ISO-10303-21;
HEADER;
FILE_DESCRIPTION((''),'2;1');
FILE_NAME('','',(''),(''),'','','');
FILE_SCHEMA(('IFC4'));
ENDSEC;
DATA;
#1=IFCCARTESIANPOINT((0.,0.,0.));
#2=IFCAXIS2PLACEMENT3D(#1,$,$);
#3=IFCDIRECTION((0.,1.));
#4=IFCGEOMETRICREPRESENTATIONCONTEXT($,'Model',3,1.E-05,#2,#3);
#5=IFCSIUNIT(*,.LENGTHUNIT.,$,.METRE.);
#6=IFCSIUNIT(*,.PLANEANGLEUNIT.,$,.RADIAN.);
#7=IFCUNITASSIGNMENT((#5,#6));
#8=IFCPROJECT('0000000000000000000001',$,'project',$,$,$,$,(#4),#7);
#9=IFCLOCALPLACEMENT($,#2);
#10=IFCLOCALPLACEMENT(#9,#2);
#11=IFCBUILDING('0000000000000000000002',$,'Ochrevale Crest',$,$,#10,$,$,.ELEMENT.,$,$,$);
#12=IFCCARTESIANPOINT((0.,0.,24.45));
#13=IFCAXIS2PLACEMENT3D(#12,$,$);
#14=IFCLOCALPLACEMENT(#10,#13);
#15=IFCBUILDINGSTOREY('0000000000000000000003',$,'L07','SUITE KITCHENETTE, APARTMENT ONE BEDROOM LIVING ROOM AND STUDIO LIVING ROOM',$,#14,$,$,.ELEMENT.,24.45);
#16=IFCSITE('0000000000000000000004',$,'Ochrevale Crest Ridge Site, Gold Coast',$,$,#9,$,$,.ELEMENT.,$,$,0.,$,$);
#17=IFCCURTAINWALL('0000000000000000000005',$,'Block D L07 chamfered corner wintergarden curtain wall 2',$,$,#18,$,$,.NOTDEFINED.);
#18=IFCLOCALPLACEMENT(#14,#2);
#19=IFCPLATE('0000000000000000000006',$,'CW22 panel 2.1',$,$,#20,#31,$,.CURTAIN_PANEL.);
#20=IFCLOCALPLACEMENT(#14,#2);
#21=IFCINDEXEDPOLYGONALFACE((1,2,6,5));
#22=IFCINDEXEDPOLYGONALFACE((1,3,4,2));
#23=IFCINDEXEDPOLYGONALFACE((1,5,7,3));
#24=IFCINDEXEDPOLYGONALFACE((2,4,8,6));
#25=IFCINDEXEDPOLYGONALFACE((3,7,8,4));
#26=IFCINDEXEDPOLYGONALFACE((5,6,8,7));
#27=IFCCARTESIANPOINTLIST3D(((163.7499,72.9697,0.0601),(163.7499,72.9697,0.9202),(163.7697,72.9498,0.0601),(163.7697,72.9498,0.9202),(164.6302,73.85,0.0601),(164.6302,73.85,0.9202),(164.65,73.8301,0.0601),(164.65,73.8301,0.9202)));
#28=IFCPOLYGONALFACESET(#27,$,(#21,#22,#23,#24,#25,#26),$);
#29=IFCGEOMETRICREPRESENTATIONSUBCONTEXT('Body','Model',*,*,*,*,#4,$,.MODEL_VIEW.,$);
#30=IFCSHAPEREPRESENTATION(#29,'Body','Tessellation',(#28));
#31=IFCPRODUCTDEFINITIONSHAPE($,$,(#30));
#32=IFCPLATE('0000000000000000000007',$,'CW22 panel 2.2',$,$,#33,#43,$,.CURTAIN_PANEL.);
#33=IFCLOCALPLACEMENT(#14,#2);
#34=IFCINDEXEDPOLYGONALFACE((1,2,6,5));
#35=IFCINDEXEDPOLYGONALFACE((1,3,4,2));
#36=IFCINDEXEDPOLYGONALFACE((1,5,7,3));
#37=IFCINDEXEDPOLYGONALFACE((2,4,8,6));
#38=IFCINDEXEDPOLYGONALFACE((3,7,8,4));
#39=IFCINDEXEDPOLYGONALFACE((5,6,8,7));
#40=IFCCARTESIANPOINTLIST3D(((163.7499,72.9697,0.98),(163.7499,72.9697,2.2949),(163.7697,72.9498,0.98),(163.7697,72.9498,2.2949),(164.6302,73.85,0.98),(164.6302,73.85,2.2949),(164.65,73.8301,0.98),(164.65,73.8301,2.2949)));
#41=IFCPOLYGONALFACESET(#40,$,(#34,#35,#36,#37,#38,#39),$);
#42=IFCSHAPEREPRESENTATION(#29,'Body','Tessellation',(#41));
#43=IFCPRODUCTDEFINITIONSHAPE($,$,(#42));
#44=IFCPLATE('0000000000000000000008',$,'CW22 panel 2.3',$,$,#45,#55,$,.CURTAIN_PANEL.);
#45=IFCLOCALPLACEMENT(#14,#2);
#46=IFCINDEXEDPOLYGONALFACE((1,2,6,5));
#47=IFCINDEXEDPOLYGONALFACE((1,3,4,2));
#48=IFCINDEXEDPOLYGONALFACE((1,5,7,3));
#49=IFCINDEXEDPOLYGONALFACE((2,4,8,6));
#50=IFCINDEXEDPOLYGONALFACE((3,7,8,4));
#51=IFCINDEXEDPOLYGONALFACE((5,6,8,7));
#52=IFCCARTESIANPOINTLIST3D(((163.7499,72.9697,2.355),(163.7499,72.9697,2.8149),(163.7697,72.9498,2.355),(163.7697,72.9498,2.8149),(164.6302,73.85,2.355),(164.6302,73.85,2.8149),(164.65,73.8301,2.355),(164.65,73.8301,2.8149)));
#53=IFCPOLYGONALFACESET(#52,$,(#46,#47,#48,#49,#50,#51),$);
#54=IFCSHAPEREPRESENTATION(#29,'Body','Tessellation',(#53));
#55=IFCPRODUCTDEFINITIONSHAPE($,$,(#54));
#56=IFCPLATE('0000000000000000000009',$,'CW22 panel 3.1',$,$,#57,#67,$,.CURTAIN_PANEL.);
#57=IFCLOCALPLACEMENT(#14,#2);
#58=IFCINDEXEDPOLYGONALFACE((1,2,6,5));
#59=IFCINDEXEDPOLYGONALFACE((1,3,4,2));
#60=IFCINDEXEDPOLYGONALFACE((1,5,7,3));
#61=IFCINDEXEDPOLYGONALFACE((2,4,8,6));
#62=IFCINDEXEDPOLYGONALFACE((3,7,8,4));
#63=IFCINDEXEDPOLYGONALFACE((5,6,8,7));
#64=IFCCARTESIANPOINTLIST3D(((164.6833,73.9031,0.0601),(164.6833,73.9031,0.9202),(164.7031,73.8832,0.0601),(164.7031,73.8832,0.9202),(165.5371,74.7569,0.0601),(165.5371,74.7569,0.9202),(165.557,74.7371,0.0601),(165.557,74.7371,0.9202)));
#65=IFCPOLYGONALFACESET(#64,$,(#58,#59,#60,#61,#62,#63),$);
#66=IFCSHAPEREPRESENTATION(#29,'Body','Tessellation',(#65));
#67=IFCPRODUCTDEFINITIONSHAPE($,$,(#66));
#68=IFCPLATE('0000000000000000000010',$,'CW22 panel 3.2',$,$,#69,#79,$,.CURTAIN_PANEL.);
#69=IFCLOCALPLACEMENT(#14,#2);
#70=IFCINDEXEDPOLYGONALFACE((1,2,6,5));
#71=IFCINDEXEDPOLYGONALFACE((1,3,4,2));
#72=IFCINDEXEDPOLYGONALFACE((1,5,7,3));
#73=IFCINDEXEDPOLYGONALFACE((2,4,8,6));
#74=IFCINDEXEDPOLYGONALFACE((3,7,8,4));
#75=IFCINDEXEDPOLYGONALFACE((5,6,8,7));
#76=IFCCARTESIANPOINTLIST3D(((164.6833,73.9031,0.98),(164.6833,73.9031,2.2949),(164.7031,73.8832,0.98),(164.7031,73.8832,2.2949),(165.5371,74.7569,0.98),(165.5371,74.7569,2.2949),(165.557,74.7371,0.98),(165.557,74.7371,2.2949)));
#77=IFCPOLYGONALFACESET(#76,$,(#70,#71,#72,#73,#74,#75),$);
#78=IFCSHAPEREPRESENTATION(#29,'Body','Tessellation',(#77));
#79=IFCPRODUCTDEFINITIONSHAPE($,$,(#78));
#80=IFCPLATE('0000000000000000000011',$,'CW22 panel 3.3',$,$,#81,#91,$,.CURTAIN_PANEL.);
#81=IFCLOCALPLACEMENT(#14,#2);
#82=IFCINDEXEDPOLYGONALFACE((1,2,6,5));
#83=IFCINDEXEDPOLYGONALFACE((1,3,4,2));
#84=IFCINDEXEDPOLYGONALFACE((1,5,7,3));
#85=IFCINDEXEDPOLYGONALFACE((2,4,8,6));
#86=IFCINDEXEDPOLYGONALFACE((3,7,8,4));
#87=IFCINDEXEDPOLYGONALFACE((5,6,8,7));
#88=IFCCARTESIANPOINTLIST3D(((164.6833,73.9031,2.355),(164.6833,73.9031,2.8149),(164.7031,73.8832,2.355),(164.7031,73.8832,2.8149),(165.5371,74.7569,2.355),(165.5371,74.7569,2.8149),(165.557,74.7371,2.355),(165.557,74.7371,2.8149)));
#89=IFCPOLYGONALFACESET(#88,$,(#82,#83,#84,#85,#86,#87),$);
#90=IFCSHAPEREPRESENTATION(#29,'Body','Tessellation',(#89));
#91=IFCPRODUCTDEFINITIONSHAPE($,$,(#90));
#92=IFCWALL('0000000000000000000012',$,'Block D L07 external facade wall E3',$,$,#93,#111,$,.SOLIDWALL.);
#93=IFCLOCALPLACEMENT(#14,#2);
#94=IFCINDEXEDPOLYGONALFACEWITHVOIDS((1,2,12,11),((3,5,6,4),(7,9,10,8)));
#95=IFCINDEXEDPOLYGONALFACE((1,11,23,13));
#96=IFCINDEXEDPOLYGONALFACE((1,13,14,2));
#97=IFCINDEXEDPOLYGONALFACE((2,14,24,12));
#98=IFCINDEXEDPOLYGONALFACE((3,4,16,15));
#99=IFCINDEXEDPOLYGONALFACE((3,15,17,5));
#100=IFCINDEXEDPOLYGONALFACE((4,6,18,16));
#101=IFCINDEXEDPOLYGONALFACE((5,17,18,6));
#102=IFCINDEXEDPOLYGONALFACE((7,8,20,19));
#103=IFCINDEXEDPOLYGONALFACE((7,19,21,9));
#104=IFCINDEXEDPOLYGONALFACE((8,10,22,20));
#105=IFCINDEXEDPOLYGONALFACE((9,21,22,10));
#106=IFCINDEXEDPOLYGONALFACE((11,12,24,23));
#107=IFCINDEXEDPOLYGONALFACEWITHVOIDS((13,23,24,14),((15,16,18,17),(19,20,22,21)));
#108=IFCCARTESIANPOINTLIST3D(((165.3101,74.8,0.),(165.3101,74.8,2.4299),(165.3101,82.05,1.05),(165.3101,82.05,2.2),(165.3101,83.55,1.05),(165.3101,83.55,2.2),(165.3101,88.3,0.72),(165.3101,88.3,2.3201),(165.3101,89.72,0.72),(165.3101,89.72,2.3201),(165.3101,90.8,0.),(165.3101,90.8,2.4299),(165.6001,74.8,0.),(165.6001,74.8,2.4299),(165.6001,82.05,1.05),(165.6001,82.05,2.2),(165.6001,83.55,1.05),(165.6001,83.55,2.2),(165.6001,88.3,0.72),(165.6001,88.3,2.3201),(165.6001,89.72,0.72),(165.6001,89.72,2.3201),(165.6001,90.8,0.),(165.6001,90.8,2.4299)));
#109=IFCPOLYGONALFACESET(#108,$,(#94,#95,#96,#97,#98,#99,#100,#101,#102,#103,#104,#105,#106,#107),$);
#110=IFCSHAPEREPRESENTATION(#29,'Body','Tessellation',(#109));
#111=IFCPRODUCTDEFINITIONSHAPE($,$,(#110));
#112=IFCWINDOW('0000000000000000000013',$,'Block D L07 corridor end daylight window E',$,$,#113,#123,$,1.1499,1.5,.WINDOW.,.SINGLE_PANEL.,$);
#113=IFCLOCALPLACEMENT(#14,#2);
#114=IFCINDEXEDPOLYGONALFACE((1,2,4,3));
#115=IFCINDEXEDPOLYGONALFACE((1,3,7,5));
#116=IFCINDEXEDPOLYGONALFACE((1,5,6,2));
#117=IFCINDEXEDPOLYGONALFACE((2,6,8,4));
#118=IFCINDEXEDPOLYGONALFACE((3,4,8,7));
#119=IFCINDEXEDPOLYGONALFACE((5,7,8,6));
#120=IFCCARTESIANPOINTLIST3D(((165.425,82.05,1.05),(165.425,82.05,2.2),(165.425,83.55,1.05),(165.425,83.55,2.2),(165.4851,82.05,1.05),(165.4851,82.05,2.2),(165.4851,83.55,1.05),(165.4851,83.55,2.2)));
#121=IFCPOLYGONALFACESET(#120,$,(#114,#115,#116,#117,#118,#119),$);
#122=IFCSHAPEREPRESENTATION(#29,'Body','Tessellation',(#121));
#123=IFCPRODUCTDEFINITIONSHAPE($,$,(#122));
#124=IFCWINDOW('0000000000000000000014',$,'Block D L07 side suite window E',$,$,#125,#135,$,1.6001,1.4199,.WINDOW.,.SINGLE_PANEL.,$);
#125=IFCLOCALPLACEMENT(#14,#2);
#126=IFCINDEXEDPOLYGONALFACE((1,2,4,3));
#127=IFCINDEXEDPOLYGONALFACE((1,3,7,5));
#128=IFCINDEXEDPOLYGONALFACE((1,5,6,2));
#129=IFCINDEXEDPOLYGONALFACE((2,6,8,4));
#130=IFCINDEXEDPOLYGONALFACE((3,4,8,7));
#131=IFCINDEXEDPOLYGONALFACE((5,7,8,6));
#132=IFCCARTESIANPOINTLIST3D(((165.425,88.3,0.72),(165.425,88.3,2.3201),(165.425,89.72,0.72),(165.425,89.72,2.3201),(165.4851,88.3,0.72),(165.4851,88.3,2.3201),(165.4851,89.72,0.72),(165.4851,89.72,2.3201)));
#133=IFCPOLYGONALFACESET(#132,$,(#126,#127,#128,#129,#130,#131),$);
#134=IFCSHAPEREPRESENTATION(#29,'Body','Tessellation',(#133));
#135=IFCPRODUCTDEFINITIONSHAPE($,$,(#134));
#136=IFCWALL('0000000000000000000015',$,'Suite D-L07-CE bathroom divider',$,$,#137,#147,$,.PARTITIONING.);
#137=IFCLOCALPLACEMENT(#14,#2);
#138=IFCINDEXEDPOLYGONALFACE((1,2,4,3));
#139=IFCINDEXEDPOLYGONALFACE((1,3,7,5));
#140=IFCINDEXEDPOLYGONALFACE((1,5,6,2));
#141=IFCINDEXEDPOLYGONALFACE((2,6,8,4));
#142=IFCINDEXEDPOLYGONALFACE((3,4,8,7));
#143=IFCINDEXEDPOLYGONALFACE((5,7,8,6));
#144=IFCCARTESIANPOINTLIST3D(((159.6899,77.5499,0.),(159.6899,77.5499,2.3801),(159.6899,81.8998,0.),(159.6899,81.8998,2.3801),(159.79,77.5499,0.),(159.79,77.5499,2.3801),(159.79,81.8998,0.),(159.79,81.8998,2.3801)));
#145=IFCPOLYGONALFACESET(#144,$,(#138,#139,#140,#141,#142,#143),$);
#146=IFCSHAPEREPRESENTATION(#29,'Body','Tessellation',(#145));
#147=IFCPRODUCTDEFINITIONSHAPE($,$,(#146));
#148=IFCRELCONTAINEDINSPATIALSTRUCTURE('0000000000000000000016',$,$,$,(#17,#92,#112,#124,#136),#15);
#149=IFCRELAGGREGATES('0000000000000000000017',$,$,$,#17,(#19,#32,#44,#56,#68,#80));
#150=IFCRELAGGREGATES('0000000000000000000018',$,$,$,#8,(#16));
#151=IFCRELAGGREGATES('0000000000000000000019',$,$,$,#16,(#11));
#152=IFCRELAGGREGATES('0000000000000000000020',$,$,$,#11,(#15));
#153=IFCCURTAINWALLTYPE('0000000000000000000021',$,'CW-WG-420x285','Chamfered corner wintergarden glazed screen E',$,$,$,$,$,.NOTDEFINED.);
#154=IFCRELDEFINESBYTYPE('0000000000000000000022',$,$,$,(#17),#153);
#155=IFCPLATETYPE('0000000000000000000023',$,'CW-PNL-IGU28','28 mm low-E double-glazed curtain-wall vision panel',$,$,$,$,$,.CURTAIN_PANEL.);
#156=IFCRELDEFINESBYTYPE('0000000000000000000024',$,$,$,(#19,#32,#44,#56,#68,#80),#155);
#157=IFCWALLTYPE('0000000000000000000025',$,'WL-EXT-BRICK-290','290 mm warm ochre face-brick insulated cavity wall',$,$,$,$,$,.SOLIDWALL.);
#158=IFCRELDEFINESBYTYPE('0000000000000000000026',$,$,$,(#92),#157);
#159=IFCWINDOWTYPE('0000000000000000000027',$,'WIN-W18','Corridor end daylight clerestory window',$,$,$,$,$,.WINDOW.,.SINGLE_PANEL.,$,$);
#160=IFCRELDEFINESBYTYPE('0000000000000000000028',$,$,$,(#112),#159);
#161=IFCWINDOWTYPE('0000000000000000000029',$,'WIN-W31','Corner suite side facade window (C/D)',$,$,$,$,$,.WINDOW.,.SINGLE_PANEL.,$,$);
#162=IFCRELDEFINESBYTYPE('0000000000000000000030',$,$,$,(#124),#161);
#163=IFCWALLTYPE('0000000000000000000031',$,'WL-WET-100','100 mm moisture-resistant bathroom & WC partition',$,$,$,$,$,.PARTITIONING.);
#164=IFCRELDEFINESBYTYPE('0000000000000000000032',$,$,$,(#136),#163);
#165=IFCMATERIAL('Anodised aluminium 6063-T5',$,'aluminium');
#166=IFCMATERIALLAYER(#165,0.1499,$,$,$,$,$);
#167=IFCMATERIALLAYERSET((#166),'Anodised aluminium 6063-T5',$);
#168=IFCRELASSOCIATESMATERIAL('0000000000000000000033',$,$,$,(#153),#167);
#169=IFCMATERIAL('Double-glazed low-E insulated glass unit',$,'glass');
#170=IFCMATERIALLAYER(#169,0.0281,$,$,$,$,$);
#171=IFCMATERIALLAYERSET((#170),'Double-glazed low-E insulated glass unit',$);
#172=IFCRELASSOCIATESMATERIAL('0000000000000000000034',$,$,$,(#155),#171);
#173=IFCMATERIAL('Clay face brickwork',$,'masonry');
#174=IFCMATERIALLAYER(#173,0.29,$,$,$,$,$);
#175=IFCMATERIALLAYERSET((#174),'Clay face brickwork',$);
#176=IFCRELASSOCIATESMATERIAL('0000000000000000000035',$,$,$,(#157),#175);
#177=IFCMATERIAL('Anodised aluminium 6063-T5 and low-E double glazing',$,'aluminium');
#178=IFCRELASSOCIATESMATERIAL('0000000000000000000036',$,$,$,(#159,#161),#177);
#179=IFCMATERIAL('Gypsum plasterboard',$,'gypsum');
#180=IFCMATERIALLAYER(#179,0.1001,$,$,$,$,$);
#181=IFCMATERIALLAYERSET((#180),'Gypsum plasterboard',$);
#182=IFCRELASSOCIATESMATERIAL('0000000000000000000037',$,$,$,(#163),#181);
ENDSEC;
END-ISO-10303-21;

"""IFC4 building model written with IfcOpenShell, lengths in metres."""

from ifc_helpers import new_model, si_unit, direction, frame, frame_2d, origin, origin_2d, place, context, subcontext, project, spatial, rectangle, extrude, material, layer, layer_set, type_object, element, fill, aggregate, save


model = new_model("IFC4")

# Units and contexts
model_context = context("Model", 3, precision=1e-05, world=origin(), true_north=direction((0.0, 1.0)))
body_context = subcontext(model_context, "Body", "Model", "MODEL_VIEW")
ifc_project = project(units=[si_unit("LENGTHUNIT", "METRE"), si_unit("PLANEANGLEUNIT", "RADIAN")], contexts=[model_context])

# Site, building, storey
site_placement = place(None, origin())
site = spatial("IfcSite", under=ifc_project, at=site_placement, Name="Ochrevale Crest Ridge Site, Gold Coast", CompositionType="ELEMENT", RefElevation=0.0)
building_placement = place(site_placement, origin())
building = spatial("IfcBuilding", under=site, at=building_placement, Name="Ochrevale Crest", CompositionType="ELEMENT")
storey_placement = place(building_placement, frame((0.0, 0.0, 24.45)))
storey = spatial("IfcBuildingStorey", under=building, at=storey_placement, Name="L07", Description="SUITE KITCHENETTE, APARTMENT ONE BEDROOM LIVING ROOM AND STUDIO LIVING ROOM", CompositionType="ELEMENT", Elevation=24.45)

# Curtain wall, plates
ifc_material_1 = material(Name="Anodised aluminium 6063-T5", Category="aluminium")
ifc_layer_1 = layer(ifc_material_1, 0.1499)
ifc_layer_set_1 = layer_set([ifc_layer_1], Name="Anodised aluminium 6063-T5")
curtain_wall_type = type_object("IfcCurtainWallType", Name="CW-WG-420x285", Description="Chamfered corner wintergarden glazed screen E", PredefinedType="NOTDEFINED", material=ifc_layer_set_1)
curtain_wall_placement = place(storey_placement, origin())
curtain_wall = element("IfcCurtainWall", 1, at=curtain_wall_placement, inside=storey, type_object=curtain_wall_type, Name="Block D L07 chamfered corner wintergarden curtain wall 2", PredefinedType="NOTDEFINED")
ifc_material_2 = material(Name="Double-glazed low-E insulated glass unit", Category="glass")
ifc_layer_2 = layer(ifc_material_2, 0.0281)
ifc_layer_set_2 = layer_set([ifc_layer_2], Name="Double-glazed low-E insulated glass unit")
plate_type = type_object("IfcPlateType", Name="CW-PNL-IGU28", Description="28 mm low-E double-glazed curtain-wall vision panel", PredefinedType="CURTAIN_PANEL", material=ifc_layer_set_2)
plate_1_placement = place(storey_placement, frame((164.2, 73.3999, 0.0601), z_axis=(0.0, 0.0, 1.0), x_axis=(0.707107, 0.707107, 0.0)))
plate_1 = element("IfcPlate", 2, at=plate_1_placement, type_object=plate_type, Name="CW22 panel 2.1", PredefinedType="CURTAIN_PANEL", context=body_context, shape_type="SweptSolid", body=[
    extrude(rectangle(XDim=1.2449, YDim=0.0281, at=origin_2d()), origin(), (0.0, 0.0, 1.0), 0.8601),
])
plate_2_placement = place(storey_placement, frame((164.2, 73.3999, 0.98), z_axis=(0.0, 0.0, 1.0), x_axis=(0.707107, 0.707107, 0.0)))
plate_2 = element("IfcPlate", 3, at=plate_2_placement, type_object=plate_type, Name="CW22 panel 2.2", PredefinedType="CURTAIN_PANEL", context=body_context, shape_type="SweptSolid", body=[
    extrude(rectangle(XDim=1.2449, YDim=0.0281, at=origin_2d()), origin(), (0.0, 0.0, 1.0), 1.3149),
])
plate_3_placement = place(storey_placement, frame((164.2, 73.3999, 2.355), z_axis=(0.0, 0.0, 1.0), x_axis=(0.707107, 0.707107, 0.0)))
plate_3 = element("IfcPlate", 4, at=plate_3_placement, type_object=plate_type, Name="CW22 panel 2.3", PredefinedType="CURTAIN_PANEL", context=body_context, shape_type="SweptSolid", body=[
    extrude(rectangle(XDim=1.2449, YDim=0.0281, at=origin_2d()), origin(), (0.0, 0.0, 1.0), 0.46),
])
plate_4_placement = place(storey_placement, frame((165.1201, 74.3201, 0.0601), z_axis=(0.0, 0.0, 1.0), x_axis=(0.707107, 0.707107, 0.0)))
plate_4 = element("IfcPlate", 5, at=plate_4_placement, type_object=plate_type, Name="CW22 panel 3.1", PredefinedType="CURTAIN_PANEL", context=body_context, shape_type="SweptSolid", body=[
    extrude(rectangle(XDim=1.2075, YDim=0.0281, at=origin_2d()), origin(), (0.0, 0.0, 1.0), 0.8601),
])
plate_5_placement = place(storey_placement, frame((165.1201, 74.3201, 0.98), z_axis=(0.0, 0.0, 1.0), x_axis=(0.707107, 0.707107, 0.0)))
plate_5 = element("IfcPlate", 6, at=plate_5_placement, type_object=plate_type, Name="CW22 panel 3.2", PredefinedType="CURTAIN_PANEL", context=body_context, shape_type="SweptSolid", body=[
    extrude(rectangle(XDim=1.2075, YDim=0.0281, at=origin_2d()), origin(), (0.0, 0.0, 1.0), 1.3149),
])
plate_6_placement = place(storey_placement, frame((165.1201, 74.3201, 2.355), z_axis=(0.0, 0.0, 1.0), x_axis=(0.707107, 0.707107, 0.0)))
plate_6 = element("IfcPlate", 7, at=plate_6_placement, type_object=plate_type, Name="CW22 panel 3.3", PredefinedType="CURTAIN_PANEL", context=body_context, shape_type="SweptSolid", body=[
    extrude(rectangle(XDim=1.2075, YDim=0.0281, at=origin_2d()), origin(), (0.0, 0.0, 1.0), 0.46),
])
aggregate(curtain_wall, [plate_1, plate_2, plate_3, plate_4, plate_5, plate_6])

# Wall, openings, windows
ifc_material_3 = material(Name="Clay face brickwork", Category="masonry")
ifc_layer_3 = layer(ifc_material_3, 0.29)
ifc_layer_set_3 = layer_set([ifc_layer_3], Name="Clay face brickwork")
wall_type_1 = type_object("IfcWallType", Name="WL-EXT-BRICK-290", Description="290 mm warm ochre face-brick insulated cavity wall", PredefinedType="SOLIDWALL", material=ifc_layer_set_3)
wall_1_placement = place(storey_placement, frame((165.4551, 74.8, 0.0), z_axis=(0.0, 0.0, 1.0), x_axis=(0.0, 1.0, 0.0)))
wall_1 = element("IfcWall", 8, at=wall_1_placement, inside=storey, type_object=wall_type_1, Name="Block D L07 external facade wall E3", PredefinedType="SOLIDWALL", context=body_context, shape_type="SweptSolid", body=[
    extrude(rectangle(XDim=16.0, YDim=0.29, at=frame_2d((8.0, 0.0))), origin(), (0.0, 0.0, 1.0), 2.4299),
])
opening_1_placement = place(wall_1_placement, frame((7.25, 0.0, 1.05)))
opening_1 = element("IfcOpeningElement", 9, at=opening_1_placement, cuts=wall_1, PredefinedType="OPENING", context=body_context, shape_type="SweptSolid", body=[
    extrude(rectangle(XDim=1.5, YDim=1.1499, at=frame_2d((0.75, 0.575))), frame((0.0, 0.155, 0.0), z_axis=(0.0, -1.0, 0.0), x_axis=(1.0, 0.0, 0.0)), (0.0, 0.0, 1.0), 0.3101),
])
opening_2_placement = place(wall_1_placement, frame((13.5, 0.0, 0.72)))
opening_2 = element("IfcOpeningElement", 10, at=opening_2_placement, cuts=wall_1, PredefinedType="OPENING", context=body_context, shape_type="SweptSolid", body=[
    extrude(rectangle(XDim=1.4199, YDim=1.6001, at=frame_2d((0.71, 0.8))), frame((0.0, 0.155, 0.0), z_axis=(0.0, -1.0, 0.0), x_axis=(1.0, 0.0, 0.0)), (0.0, 0.0, 1.0), 0.3101),
])
ifc_material_4 = material(Name="Anodised aluminium 6063-T5 and low-E double glazing", Category="aluminium")
window_type_1 = type_object("IfcWindowType", Name="WIN-W18", Description="Corridor end daylight clerestory window", PartitioningType="SINGLE_PANEL", PredefinedType="WINDOW", material=ifc_material_4)
window_1_placement = place(opening_1_placement, origin())
window_1 = element("IfcWindow", 11, at=window_1_placement, inside=storey, type_object=window_type_1, Name="Block D L07 corridor end daylight window E", OverallHeight=1.1499, OverallWidth=1.5, PartitioningType="SINGLE_PANEL", PredefinedType="WINDOW", context=body_context, shape_type="SweptSolid", body=[
    extrude(rectangle(XDim=1.5, YDim=1.1499, at=frame_2d((0.75, 0.575))), frame((0.0, 0.03, 0.0), z_axis=(0.0, -1.0, 0.0), x_axis=(1.0, 0.0, 0.0)), (0.0, 0.0, 1.0), 0.0601),
])
fill(opening_1, window_1)
window_type_2 = type_object("IfcWindowType", Name="WIN-W31", Description="Corner suite side facade window (C/D)", PartitioningType="SINGLE_PANEL", PredefinedType="WINDOW", material=ifc_material_4)
window_2_placement = place(opening_2_placement, origin())
window_2 = element("IfcWindow", 12, at=window_2_placement, inside=storey, type_object=window_type_2, Name="Block D L07 side suite window E", OverallHeight=1.6001, OverallWidth=1.4199, PartitioningType="SINGLE_PANEL", PredefinedType="WINDOW", context=body_context, shape_type="SweptSolid", body=[
    extrude(rectangle(XDim=1.4199, YDim=1.6001, at=frame_2d((0.71, 0.8))), frame((0.0, 0.03, 0.0), z_axis=(0.0, -1.0, 0.0), x_axis=(1.0, 0.0, 0.0)), (0.0, 0.0, 1.0), 0.0601),
])
fill(opening_2, window_2)

# Wall
ifc_material_5 = material(Name="Gypsum plasterboard", Category="gypsum")
ifc_layer_4 = layer(ifc_material_5, 0.1001)
ifc_layer_set_4 = layer_set([ifc_layer_4], Name="Gypsum plasterboard")
wall_type_2 = type_object("IfcWallType", Name="WL-WET-100", Description="100 mm moisture-resistant bathroom & WC partition", PredefinedType="PARTITIONING", material=ifc_layer_set_4)
wall_2_placement = place(storey_placement, frame((159.74, 77.55, 0.0), z_axis=(0.0, 0.0, 1.0), x_axis=(0.0, 1.0, 0.0)))
element("IfcWall", 13, at=wall_2_placement, inside=storey, type_object=wall_type_2, Name="Suite D-L07-CE bathroom divider", PredefinedType="PARTITIONING", context=body_context, shape_type="SweptSolid", body=[
    extrude(rectangle(XDim=4.3499, YDim=0.1001, at=frame_2d((2.1748, 0.0))), origin(), (0.0, 0.0, 1.0), 2.3801),
])

save(model, "model.ifc")
